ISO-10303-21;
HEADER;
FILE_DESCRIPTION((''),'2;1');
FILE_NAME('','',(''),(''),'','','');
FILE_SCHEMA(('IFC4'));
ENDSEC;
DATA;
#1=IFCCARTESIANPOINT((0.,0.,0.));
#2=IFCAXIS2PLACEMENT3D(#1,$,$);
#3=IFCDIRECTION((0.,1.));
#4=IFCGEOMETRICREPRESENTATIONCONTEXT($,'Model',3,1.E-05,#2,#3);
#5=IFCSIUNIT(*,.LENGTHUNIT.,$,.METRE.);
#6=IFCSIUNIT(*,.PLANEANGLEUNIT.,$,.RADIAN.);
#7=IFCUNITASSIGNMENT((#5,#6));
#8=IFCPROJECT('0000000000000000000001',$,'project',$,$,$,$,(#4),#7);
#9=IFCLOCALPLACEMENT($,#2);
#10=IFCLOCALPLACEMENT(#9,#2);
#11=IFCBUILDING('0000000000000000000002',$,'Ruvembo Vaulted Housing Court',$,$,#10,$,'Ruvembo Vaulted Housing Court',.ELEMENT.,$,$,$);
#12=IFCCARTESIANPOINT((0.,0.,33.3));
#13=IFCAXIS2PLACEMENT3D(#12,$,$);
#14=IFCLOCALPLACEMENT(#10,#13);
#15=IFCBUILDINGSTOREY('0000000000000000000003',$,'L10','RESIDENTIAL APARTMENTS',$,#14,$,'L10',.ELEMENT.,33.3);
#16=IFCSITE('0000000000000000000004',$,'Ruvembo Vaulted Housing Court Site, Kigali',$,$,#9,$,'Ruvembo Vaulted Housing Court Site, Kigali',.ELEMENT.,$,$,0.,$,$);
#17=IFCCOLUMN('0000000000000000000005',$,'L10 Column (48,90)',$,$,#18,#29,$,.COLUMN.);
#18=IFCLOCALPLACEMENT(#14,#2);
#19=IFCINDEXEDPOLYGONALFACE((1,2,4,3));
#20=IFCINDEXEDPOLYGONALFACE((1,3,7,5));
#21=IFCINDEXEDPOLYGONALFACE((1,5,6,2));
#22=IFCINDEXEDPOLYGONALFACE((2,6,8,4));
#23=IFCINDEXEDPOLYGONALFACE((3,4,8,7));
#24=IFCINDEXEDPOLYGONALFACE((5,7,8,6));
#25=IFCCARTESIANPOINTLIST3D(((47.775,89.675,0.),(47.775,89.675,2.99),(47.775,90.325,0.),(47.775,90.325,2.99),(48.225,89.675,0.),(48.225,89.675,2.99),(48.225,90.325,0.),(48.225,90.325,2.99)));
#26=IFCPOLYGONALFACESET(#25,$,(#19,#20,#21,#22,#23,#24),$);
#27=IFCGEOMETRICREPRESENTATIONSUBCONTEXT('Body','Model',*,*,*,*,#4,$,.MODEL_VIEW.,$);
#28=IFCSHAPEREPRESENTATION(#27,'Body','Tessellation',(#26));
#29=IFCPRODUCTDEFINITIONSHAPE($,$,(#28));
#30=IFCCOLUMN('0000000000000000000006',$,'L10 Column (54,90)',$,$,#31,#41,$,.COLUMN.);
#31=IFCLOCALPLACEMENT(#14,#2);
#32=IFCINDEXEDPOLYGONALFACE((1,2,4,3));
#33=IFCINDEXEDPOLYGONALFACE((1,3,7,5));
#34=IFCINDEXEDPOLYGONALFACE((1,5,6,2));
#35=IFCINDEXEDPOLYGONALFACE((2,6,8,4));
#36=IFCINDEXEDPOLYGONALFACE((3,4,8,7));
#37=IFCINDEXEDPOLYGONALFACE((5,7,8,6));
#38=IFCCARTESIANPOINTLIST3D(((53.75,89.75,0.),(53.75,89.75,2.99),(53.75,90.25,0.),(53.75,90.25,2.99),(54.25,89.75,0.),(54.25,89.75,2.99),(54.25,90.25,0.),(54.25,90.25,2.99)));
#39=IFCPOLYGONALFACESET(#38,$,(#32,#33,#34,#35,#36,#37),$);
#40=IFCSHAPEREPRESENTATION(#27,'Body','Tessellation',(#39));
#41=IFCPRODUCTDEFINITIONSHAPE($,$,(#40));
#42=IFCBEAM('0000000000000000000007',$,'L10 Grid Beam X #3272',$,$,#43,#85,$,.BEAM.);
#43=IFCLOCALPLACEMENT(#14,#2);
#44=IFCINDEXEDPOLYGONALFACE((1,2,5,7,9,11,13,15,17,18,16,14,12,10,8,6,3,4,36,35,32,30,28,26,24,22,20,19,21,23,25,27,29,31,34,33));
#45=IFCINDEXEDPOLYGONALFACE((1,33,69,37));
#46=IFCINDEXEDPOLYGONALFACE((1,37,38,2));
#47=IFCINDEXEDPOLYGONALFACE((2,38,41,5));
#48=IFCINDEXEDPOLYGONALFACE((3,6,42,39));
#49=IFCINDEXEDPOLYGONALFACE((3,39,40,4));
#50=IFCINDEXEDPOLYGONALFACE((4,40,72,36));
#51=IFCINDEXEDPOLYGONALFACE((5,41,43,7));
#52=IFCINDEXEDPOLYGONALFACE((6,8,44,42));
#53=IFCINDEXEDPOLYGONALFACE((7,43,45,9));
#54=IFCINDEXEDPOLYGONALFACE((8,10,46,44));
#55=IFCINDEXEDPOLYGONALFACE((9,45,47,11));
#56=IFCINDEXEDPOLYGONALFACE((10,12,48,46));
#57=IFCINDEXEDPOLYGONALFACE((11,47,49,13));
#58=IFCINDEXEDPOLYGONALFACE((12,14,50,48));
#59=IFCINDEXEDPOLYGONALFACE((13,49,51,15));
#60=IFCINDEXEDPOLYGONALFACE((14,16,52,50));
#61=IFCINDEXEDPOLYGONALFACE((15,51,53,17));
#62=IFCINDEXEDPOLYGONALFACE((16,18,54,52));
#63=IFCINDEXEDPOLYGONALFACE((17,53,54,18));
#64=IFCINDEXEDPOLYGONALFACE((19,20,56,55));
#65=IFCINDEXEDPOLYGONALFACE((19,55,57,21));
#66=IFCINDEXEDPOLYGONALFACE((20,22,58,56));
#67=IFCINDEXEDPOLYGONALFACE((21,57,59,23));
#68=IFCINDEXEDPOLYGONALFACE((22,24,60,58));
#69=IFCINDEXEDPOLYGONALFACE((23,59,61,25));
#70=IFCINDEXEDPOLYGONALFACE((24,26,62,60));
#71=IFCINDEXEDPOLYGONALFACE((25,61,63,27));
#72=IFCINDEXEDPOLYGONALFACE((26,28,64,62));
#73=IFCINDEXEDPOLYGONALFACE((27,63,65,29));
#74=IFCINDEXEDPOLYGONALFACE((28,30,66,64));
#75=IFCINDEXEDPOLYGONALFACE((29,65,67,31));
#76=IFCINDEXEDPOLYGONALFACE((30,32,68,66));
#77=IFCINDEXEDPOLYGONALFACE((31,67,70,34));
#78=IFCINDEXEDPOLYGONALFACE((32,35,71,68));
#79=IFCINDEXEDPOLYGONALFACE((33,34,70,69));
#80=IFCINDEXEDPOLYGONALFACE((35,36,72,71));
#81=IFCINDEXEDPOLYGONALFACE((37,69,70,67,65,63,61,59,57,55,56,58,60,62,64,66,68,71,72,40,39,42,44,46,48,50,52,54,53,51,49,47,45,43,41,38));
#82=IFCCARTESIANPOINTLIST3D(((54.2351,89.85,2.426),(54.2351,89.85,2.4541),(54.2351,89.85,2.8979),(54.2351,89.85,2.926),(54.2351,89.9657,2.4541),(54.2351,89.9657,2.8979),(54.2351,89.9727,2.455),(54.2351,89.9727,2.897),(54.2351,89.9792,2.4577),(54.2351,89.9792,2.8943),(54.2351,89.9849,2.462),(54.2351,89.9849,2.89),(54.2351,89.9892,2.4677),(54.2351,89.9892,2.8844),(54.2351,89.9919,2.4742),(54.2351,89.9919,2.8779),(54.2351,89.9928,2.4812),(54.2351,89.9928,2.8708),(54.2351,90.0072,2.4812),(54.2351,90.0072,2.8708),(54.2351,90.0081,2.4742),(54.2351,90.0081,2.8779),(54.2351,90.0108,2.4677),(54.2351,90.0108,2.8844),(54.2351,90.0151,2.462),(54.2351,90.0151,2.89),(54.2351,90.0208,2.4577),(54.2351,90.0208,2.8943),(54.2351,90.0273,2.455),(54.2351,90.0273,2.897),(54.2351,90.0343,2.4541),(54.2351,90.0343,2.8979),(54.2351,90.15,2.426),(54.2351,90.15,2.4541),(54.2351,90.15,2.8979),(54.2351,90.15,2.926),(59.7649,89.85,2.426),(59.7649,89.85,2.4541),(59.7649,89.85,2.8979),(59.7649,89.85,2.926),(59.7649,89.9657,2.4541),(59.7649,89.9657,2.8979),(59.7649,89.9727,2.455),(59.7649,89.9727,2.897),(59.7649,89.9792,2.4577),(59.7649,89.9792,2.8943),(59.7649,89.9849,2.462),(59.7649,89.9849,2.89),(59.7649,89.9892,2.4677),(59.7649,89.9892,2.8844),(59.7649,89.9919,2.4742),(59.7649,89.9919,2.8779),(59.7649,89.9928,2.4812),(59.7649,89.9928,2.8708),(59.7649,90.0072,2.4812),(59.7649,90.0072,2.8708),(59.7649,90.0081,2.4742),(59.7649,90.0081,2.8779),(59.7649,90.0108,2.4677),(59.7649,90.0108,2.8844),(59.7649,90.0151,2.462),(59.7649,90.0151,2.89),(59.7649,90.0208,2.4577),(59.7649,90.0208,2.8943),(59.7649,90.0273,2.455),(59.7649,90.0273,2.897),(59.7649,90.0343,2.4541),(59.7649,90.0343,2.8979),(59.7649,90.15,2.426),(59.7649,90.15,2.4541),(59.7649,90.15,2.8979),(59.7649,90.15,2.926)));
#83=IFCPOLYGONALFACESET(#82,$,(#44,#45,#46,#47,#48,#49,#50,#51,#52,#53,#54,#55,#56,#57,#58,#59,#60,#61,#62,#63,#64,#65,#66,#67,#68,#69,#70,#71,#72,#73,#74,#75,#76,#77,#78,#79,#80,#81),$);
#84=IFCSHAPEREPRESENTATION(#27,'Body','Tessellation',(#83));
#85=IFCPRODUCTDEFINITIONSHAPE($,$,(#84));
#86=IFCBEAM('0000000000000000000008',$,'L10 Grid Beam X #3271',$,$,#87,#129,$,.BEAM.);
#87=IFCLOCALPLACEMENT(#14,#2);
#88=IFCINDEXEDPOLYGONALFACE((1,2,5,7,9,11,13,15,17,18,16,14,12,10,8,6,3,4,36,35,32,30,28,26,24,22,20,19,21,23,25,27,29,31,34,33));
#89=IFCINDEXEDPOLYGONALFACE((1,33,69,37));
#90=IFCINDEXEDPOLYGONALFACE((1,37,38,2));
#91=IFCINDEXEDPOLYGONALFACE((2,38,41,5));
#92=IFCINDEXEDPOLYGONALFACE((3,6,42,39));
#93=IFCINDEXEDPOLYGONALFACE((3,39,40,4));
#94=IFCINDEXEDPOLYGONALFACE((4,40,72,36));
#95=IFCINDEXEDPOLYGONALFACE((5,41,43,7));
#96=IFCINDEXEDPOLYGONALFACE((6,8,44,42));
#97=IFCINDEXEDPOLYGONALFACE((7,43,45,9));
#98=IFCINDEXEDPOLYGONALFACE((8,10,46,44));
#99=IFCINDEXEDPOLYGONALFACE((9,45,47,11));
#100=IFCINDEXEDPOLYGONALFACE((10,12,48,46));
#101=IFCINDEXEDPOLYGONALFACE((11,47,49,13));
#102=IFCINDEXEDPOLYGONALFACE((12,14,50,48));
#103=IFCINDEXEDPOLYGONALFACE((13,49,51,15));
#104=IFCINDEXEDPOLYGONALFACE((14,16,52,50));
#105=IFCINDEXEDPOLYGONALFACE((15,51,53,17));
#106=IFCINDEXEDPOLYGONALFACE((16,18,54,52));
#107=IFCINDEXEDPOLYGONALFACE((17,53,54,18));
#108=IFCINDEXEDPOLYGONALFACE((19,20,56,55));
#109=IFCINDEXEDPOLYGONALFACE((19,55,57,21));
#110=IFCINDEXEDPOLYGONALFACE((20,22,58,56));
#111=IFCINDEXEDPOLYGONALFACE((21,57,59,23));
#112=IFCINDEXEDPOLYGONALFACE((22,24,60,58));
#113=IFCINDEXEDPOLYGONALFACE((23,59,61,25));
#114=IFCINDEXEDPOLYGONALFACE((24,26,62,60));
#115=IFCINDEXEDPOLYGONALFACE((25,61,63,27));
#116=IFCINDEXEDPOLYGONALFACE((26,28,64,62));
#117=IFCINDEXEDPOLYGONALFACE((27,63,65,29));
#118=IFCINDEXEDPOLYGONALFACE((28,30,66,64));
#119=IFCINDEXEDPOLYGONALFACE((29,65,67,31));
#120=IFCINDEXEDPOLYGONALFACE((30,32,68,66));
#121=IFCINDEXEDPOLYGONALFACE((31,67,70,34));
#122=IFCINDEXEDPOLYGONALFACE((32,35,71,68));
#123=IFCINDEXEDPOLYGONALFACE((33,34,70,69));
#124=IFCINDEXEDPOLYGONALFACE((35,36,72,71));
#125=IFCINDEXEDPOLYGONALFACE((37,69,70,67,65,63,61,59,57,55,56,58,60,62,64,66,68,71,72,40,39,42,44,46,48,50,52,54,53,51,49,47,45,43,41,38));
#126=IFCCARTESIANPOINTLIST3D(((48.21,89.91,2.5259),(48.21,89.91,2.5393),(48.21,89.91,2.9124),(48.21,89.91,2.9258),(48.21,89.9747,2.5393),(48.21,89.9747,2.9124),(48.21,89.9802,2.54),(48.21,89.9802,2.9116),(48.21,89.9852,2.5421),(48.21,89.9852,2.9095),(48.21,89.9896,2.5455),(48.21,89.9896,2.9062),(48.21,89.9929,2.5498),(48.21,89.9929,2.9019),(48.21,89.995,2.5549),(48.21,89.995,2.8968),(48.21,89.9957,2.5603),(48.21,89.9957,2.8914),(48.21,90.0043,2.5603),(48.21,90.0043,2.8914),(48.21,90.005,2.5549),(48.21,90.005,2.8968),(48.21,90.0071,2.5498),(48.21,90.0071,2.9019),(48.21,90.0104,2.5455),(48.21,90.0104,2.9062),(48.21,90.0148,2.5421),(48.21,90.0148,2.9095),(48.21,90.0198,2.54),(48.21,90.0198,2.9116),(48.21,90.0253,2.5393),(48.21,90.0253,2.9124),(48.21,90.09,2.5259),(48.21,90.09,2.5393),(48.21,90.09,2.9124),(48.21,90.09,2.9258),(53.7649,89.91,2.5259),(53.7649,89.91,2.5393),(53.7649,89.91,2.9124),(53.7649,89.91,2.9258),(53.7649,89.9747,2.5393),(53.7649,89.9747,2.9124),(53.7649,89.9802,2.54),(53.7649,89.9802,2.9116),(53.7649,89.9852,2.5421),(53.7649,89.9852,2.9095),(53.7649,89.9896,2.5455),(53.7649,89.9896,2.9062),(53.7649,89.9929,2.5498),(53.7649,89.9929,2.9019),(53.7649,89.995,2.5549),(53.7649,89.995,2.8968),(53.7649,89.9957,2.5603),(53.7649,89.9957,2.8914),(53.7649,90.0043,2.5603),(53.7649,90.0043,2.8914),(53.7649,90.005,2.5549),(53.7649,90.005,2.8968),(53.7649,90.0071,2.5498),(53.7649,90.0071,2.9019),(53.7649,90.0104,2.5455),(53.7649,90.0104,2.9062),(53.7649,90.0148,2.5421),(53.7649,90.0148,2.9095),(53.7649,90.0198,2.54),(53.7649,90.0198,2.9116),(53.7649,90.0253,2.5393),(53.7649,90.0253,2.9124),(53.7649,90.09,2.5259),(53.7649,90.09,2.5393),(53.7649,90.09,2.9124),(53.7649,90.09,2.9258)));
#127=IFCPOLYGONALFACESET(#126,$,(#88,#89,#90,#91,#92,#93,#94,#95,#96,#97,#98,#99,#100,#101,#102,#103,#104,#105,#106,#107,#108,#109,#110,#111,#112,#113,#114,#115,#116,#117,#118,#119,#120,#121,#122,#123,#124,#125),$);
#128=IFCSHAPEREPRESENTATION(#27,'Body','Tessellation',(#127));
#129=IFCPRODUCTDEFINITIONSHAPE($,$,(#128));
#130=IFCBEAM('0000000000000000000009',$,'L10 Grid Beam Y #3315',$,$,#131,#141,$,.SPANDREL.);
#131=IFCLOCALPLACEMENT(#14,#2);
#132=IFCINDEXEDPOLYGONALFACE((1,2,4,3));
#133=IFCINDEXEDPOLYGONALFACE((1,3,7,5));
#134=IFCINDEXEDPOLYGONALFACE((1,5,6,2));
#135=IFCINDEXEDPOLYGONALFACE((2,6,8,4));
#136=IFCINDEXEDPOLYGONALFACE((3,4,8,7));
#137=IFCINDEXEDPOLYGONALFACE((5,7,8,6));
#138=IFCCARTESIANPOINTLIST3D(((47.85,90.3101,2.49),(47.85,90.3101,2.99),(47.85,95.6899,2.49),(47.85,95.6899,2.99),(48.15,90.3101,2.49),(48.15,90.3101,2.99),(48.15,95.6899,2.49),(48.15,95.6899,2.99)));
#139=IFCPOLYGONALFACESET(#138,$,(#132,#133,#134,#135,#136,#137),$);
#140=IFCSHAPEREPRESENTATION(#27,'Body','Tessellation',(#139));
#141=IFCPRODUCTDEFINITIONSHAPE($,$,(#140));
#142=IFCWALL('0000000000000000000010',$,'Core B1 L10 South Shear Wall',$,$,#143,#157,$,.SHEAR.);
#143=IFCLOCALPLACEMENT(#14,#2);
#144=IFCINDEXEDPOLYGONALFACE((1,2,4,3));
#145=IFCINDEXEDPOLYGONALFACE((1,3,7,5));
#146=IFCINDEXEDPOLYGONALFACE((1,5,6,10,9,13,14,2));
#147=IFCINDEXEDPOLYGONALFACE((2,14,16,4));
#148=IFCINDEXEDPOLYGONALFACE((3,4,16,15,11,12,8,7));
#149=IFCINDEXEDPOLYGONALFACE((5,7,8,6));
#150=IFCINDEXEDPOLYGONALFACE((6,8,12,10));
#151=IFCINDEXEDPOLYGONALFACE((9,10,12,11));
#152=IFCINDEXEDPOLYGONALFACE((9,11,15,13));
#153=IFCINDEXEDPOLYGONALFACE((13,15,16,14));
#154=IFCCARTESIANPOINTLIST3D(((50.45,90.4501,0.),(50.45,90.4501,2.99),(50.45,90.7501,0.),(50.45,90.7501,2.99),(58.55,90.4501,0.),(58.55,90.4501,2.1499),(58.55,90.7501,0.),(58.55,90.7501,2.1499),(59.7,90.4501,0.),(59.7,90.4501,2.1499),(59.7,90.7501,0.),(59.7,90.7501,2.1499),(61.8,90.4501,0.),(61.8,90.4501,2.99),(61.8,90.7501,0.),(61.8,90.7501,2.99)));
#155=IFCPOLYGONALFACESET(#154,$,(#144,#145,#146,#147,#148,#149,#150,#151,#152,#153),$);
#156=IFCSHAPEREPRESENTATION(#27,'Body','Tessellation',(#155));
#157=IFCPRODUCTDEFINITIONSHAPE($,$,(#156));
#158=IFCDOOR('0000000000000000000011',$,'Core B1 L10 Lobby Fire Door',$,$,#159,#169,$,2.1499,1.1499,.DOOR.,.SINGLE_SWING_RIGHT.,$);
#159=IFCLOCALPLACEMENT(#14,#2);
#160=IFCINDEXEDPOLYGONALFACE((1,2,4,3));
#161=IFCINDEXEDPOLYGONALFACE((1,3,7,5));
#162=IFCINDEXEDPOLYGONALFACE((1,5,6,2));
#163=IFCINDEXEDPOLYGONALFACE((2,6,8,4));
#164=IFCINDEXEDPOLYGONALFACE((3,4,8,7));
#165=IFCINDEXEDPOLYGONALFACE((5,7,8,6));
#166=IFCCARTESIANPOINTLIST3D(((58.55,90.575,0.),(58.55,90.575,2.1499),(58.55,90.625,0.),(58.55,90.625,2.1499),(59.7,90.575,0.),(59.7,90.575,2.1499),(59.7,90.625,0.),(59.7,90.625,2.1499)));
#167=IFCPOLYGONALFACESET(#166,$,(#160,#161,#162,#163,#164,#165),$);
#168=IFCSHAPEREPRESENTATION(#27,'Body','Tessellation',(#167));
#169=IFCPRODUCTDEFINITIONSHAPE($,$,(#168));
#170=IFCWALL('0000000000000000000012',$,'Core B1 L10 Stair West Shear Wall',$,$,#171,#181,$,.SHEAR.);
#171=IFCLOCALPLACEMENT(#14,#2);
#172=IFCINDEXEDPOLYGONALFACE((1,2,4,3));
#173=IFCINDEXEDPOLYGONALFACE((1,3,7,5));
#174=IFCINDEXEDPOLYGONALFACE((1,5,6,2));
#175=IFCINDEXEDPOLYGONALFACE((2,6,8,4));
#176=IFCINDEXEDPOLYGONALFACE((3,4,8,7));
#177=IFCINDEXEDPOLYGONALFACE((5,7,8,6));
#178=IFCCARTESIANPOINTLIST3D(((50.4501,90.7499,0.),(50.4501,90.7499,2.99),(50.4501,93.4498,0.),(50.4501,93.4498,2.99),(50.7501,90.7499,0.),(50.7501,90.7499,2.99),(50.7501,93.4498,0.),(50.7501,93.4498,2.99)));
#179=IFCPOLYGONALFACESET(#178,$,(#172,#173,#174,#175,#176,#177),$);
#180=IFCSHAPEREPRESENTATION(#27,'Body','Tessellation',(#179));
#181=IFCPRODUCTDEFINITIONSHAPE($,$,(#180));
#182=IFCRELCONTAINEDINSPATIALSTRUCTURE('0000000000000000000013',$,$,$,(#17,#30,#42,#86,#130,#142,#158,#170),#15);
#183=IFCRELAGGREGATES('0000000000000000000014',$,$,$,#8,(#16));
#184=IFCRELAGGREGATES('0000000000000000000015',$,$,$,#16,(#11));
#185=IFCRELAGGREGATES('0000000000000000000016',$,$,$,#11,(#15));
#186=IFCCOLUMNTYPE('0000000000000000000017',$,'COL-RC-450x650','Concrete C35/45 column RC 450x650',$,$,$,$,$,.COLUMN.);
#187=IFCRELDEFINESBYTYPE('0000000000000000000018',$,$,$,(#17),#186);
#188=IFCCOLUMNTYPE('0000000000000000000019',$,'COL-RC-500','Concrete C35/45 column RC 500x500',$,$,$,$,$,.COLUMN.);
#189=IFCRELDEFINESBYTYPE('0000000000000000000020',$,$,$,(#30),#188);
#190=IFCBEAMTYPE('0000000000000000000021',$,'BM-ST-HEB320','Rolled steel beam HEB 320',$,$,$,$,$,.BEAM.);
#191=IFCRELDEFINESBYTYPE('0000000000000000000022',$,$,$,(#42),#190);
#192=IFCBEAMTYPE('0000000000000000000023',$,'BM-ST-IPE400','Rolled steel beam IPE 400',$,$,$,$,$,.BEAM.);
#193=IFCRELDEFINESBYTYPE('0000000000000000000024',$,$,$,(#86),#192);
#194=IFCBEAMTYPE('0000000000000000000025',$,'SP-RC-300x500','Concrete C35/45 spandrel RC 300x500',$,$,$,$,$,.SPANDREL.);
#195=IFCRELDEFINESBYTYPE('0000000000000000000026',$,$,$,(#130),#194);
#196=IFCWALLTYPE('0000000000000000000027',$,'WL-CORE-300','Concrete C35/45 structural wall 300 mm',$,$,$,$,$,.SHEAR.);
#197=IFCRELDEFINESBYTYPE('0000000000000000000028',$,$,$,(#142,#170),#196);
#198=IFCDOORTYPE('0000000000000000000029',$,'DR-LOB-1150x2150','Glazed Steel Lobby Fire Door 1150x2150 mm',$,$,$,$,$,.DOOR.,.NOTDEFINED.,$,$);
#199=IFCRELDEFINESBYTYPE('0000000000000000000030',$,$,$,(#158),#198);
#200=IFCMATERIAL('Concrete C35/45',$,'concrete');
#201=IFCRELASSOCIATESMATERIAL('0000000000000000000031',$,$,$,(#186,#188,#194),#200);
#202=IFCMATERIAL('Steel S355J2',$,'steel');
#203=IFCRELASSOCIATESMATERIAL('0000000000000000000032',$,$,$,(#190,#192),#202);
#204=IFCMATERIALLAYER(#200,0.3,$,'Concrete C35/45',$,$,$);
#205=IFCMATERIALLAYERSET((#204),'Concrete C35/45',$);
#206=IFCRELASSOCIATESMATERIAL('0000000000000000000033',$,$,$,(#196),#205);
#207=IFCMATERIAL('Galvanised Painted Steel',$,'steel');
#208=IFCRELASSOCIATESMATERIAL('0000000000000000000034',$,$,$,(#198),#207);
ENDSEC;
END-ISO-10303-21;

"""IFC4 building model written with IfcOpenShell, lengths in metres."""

from ifc_helpers import new_model, si_unit, direction, frame, frame_2d, origin, origin_2d, place, context, subcontext, project, spatial, rectangle, i_section, extrude, material, layer, layer_set, material_profile, profile_set, type_object, element, fill, save


model = new_model("IFC4")

# Units and contexts
model_context = context("Model", 3, precision=1e-05, world=origin(), true_north=direction((0.0, 1.0)))
body_context = subcontext(model_context, "Body", "Model", "MODEL_VIEW")
ifc_project = project(units=[si_unit("LENGTHUNIT", "METRE"), si_unit("PLANEANGLEUNIT", "RADIAN")], contexts=[model_context])

# Site, building, storey
site_placement = place(None, origin())
site = spatial("IfcSite", under=ifc_project, at=site_placement, Name="Ruvembo Vaulted Housing Court Site, Kigali", LongName="Ruvembo Vaulted Housing Court Site, Kigali", CompositionType="ELEMENT", RefElevation=0.0)
building_placement = place(site_placement, origin())
building = spatial("IfcBuilding", under=site, at=building_placement, Name="Ruvembo Vaulted Housing Court", LongName="Ruvembo Vaulted Housing Court", CompositionType="ELEMENT")
storey_placement = place(building_placement, frame((0.0, 0.0, 33.3)))
storey = spatial("IfcBuildingStorey", under=building, at=storey_placement, Name="L10", Description="RESIDENTIAL APARTMENTS", LongName="L10", CompositionType="ELEMENT", Elevation=33.3)

# Columns
ifc_material_1 = material(Name="Concrete C35/45", Category="concrete")
ifc_material_profile_1 = material_profile(ifc_material_1, rectangle(XDim=0.45, YDim=0.6499, at=origin_2d()), Name="RC 450x650")
ifc_profile_set_1 = profile_set([ifc_material_profile_1], Name="Concrete C35/45")
column_type_1 = type_object("IfcColumnType", Name="COL-RC-450x650", Description="Concrete C35/45 column RC 450x650", PredefinedType="COLUMN", material=ifc_profile_set_1)
column_1_placement = place(storey_placement, frame((48.0, 90.0, 0.0), z_axis=(0.0, 0.0, 1.0), x_axis=(1.0, 0.0, 0.0)))
element("IfcColumn", 1, at=column_1_placement, inside=storey, type_object=column_type_1, Name="L10 Column (48,90)", PredefinedType="COLUMN", context=body_context, shape_type="SweptSolid", body=[
    extrude(rectangle(XDim=0.45, YDim=0.6499, at=origin_2d()), origin(), (0.0, 0.0, 1.0), 2.99),
])
ifc_material_profile_2 = material_profile(ifc_material_1, rectangle(XDim=0.5, YDim=0.5, at=origin_2d()), Name="RC 500x500")
ifc_profile_set_2 = profile_set([ifc_material_profile_2], Name="Concrete C35/45")
column_type_2 = type_object("IfcColumnType", Name="COL-RC-500", Description="Concrete C35/45 column RC 500x500", PredefinedType="COLUMN", material=ifc_profile_set_2)
column_2_placement = place(storey_placement, frame((54.0, 90.0, 0.0), z_axis=(0.0, 0.0, 1.0), x_axis=(1.0, 0.0, 0.0)))
element("IfcColumn", 2, at=column_2_placement, inside=storey, type_object=column_type_2, Name="L10 Column (54,90)", PredefinedType="COLUMN", context=body_context, shape_type="SweptSolid", body=[
    extrude(rectangle(XDim=0.5, YDim=0.5, at=origin_2d()), origin(), (0.0, 0.0, 1.0), 2.99),
])

# Beams
ifc_material_2 = material(Name="Steel S355J2", Category="steel")
ifc_material_profile_3 = material_profile(ifc_material_2, i_section(OverallWidth=0.3, OverallDepth=0.5, WebThickness=0.0144, FlangeThickness=0.0281, FilletRadius=0.0271, at=origin_2d()), Name="HEB 320")
ifc_profile_set_3 = profile_set([ifc_material_profile_3], Name="Steel S355J2")
beam_type_1 = type_object("IfcBeamType", Name="BM-ST-HEB320", Description="Rolled steel beam HEB 320", PredefinedType="BEAM", material=ifc_profile_set_3)
beam_1_placement = place(storey_placement, frame((54.2351, 90.0, 2.676), z_axis=(1.0, 0.0, 0.0), x_axis=(0.0, 1.0, 0.0)))
element("IfcBeam", 3, at=beam_1_placement, inside=storey, type_object=beam_type_1, Name="L10 Grid Beam X #3272", PredefinedType="BEAM", context=body_context, shape_type="SweptSolid", body=[
    extrude(i_section(OverallWidth=0.3, OverallDepth=0.5, WebThickness=0.0144, FlangeThickness=0.0281, FilletRadius=0.0271, at=origin_2d()), origin(), (0.0, 0.0, 1.0), 5.5298),
])
ifc_material_profile_4 = material_profile(ifc_material_2, i_section(OverallWidth=0.1799, OverallDepth=0.3999, WebThickness=0.0085, FlangeThickness=0.0134, FilletRadius=0.021, at=origin_2d()), Name="IPE 400")
ifc_profile_set_4 = profile_set([ifc_material_profile_4], Name="Steel S355J2")
beam_type_2 = type_object("IfcBeamType", Name="BM-ST-IPE400", Description="Rolled steel beam IPE 400", PredefinedType="BEAM", material=ifc_profile_set_4)
beam_2_placement = place(storey_placement, frame((48.21, 90.0, 2.7258), z_axis=(1.0, 0.0, 0.0), x_axis=(0.0, 1.0, 0.0)))
element("IfcBeam", 4, at=beam_2_placement, inside=storey, type_object=beam_type_2, Name="L10 Grid Beam X #3271", PredefinedType="BEAM", context=body_context, shape_type="SweptSolid", body=[
    extrude(i_section(OverallWidth=0.1799, OverallDepth=0.3999, WebThickness=0.0085, FlangeThickness=0.0134, FilletRadius=0.021, at=origin_2d()), origin(), (0.0, 0.0, 1.0), 5.5549),
])
ifc_material_profile_5 = material_profile(ifc_material_1, rectangle(XDim=0.3, YDim=0.5, at=origin_2d()), Name="RC 300x500")
ifc_profile_set_5 = profile_set([ifc_material_profile_5], Name="Concrete C35/45")
beam_type_3 = type_object("IfcBeamType", Name="SP-RC-300x500", Description="Concrete C35/45 spandrel RC 300x500", PredefinedType="SPANDREL", material=ifc_profile_set_5)
beam_3_placement = place(storey_placement, frame((48.0, 90.3101, 2.74), z_axis=(0.0, 1.0, 0.0), x_axis=(-1.0, 0.0, 0.0)))
element("IfcBeam", 5, at=beam_3_placement, inside=storey, type_object=beam_type_3, Name="L10 Grid Beam Y #3315", PredefinedType="SPANDREL", context=body_context, shape_type="SweptSolid", body=[
    extrude(rectangle(XDim=0.3, YDim=0.5, at=origin_2d()), origin(), (0.0, 0.0, 1.0), 5.3799),
])

# Wall, opening, door
ifc_layer_1 = layer(ifc_material_1, 0.3, Name="Concrete C35/45")
ifc_layer_set_1 = layer_set([ifc_layer_1], Name="Concrete C35/45")
wall_type_1 = type_object("IfcWallType", Name="WL-CORE-300", Description="Concrete C35/45 structural wall 300 mm", PredefinedType="SHEAR", material=ifc_layer_set_1)
wall_1_placement = place(storey_placement, frame((50.45, 90.6001, 0.0), z_axis=(0.0, 0.0, 1.0), x_axis=(1.0, 0.0, 0.0)))
wall_1 = element("IfcWall", 6, at=wall_1_placement, inside=storey, type_object=wall_type_1, Name="Core B1 L10 South Shear Wall", PredefinedType="SHEAR", context=body_context, shape_type="SweptSolid", body=[
    extrude(rectangle(XDim=11.3501, YDim=0.3, at=frame_2d((5.675, 0.0))), origin(), (0.0, 0.0, 1.0), 2.99),
])
opening_1_placement = place(wall_1_placement, frame((8.1001, 0.0, 0.0)))
opening_1 = element("IfcOpeningElement", 7, at=opening_1_placement, cuts=wall_1, PredefinedType="OPENING", context=body_context, shape_type="SweptSolid", body=[
    extrude(rectangle(XDim=1.1499, YDim=2.1499, at=frame_2d((0.575, 1.075))), frame((0.0, 0.1599, 0.0), z_axis=(0.0, -1.0, 0.0), x_axis=(1.0, 0.0, 0.0)), (0.0, 0.0, 1.0), 0.3201),
])
ifc_material_3 = material(Name="Galvanised Painted Steel", Category="steel")
door_type = type_object("IfcDoorType", Name="DR-LOB-1150x2150", Description="Glazed Steel Lobby Fire Door 1150x2150 mm", OperationType="NOTDEFINED", PredefinedType="DOOR", material=ifc_material_3)
door_placement = place(opening_1_placement, origin())
door = element("IfcDoor", 8, at=door_placement, inside=storey, type_object=door_type, Name="Core B1 L10 Lobby Fire Door", OperationType="SINGLE_SWING_RIGHT", OverallHeight=2.1499, OverallWidth=1.1499, PredefinedType="DOOR", context=body_context, shape_type="SweptSolid", body=[
    extrude(rectangle(XDim=1.1499, YDim=2.1499, at=frame_2d((0.575, 1.075))), frame((0.0, 0.0249, 0.0), z_axis=(0.0, -1.0, 0.0), x_axis=(1.0, 0.0, 0.0)), (0.0, 0.0, 1.0), 0.05),
])
fill(opening_1, door)

# Wall
wall_2_placement = place(storey_placement, frame((50.6001, 93.45, 0.0), z_axis=(0.0, 0.0, 1.0), x_axis=(0.0, -1.0, 0.0)))
element("IfcWall", 9, at=wall_2_placement, inside=storey, type_object=wall_type_1, Name="Core B1 L10 Stair West Shear Wall", PredefinedType="SHEAR", context=body_context, shape_type="SweptSolid", body=[
    extrude(rectangle(XDim=2.7, YDim=0.3, at=frame_2d((1.3501, 0.0))), origin(), (0.0, 0.0, 1.0), 2.99),
])

save(model, "model.ifc")
